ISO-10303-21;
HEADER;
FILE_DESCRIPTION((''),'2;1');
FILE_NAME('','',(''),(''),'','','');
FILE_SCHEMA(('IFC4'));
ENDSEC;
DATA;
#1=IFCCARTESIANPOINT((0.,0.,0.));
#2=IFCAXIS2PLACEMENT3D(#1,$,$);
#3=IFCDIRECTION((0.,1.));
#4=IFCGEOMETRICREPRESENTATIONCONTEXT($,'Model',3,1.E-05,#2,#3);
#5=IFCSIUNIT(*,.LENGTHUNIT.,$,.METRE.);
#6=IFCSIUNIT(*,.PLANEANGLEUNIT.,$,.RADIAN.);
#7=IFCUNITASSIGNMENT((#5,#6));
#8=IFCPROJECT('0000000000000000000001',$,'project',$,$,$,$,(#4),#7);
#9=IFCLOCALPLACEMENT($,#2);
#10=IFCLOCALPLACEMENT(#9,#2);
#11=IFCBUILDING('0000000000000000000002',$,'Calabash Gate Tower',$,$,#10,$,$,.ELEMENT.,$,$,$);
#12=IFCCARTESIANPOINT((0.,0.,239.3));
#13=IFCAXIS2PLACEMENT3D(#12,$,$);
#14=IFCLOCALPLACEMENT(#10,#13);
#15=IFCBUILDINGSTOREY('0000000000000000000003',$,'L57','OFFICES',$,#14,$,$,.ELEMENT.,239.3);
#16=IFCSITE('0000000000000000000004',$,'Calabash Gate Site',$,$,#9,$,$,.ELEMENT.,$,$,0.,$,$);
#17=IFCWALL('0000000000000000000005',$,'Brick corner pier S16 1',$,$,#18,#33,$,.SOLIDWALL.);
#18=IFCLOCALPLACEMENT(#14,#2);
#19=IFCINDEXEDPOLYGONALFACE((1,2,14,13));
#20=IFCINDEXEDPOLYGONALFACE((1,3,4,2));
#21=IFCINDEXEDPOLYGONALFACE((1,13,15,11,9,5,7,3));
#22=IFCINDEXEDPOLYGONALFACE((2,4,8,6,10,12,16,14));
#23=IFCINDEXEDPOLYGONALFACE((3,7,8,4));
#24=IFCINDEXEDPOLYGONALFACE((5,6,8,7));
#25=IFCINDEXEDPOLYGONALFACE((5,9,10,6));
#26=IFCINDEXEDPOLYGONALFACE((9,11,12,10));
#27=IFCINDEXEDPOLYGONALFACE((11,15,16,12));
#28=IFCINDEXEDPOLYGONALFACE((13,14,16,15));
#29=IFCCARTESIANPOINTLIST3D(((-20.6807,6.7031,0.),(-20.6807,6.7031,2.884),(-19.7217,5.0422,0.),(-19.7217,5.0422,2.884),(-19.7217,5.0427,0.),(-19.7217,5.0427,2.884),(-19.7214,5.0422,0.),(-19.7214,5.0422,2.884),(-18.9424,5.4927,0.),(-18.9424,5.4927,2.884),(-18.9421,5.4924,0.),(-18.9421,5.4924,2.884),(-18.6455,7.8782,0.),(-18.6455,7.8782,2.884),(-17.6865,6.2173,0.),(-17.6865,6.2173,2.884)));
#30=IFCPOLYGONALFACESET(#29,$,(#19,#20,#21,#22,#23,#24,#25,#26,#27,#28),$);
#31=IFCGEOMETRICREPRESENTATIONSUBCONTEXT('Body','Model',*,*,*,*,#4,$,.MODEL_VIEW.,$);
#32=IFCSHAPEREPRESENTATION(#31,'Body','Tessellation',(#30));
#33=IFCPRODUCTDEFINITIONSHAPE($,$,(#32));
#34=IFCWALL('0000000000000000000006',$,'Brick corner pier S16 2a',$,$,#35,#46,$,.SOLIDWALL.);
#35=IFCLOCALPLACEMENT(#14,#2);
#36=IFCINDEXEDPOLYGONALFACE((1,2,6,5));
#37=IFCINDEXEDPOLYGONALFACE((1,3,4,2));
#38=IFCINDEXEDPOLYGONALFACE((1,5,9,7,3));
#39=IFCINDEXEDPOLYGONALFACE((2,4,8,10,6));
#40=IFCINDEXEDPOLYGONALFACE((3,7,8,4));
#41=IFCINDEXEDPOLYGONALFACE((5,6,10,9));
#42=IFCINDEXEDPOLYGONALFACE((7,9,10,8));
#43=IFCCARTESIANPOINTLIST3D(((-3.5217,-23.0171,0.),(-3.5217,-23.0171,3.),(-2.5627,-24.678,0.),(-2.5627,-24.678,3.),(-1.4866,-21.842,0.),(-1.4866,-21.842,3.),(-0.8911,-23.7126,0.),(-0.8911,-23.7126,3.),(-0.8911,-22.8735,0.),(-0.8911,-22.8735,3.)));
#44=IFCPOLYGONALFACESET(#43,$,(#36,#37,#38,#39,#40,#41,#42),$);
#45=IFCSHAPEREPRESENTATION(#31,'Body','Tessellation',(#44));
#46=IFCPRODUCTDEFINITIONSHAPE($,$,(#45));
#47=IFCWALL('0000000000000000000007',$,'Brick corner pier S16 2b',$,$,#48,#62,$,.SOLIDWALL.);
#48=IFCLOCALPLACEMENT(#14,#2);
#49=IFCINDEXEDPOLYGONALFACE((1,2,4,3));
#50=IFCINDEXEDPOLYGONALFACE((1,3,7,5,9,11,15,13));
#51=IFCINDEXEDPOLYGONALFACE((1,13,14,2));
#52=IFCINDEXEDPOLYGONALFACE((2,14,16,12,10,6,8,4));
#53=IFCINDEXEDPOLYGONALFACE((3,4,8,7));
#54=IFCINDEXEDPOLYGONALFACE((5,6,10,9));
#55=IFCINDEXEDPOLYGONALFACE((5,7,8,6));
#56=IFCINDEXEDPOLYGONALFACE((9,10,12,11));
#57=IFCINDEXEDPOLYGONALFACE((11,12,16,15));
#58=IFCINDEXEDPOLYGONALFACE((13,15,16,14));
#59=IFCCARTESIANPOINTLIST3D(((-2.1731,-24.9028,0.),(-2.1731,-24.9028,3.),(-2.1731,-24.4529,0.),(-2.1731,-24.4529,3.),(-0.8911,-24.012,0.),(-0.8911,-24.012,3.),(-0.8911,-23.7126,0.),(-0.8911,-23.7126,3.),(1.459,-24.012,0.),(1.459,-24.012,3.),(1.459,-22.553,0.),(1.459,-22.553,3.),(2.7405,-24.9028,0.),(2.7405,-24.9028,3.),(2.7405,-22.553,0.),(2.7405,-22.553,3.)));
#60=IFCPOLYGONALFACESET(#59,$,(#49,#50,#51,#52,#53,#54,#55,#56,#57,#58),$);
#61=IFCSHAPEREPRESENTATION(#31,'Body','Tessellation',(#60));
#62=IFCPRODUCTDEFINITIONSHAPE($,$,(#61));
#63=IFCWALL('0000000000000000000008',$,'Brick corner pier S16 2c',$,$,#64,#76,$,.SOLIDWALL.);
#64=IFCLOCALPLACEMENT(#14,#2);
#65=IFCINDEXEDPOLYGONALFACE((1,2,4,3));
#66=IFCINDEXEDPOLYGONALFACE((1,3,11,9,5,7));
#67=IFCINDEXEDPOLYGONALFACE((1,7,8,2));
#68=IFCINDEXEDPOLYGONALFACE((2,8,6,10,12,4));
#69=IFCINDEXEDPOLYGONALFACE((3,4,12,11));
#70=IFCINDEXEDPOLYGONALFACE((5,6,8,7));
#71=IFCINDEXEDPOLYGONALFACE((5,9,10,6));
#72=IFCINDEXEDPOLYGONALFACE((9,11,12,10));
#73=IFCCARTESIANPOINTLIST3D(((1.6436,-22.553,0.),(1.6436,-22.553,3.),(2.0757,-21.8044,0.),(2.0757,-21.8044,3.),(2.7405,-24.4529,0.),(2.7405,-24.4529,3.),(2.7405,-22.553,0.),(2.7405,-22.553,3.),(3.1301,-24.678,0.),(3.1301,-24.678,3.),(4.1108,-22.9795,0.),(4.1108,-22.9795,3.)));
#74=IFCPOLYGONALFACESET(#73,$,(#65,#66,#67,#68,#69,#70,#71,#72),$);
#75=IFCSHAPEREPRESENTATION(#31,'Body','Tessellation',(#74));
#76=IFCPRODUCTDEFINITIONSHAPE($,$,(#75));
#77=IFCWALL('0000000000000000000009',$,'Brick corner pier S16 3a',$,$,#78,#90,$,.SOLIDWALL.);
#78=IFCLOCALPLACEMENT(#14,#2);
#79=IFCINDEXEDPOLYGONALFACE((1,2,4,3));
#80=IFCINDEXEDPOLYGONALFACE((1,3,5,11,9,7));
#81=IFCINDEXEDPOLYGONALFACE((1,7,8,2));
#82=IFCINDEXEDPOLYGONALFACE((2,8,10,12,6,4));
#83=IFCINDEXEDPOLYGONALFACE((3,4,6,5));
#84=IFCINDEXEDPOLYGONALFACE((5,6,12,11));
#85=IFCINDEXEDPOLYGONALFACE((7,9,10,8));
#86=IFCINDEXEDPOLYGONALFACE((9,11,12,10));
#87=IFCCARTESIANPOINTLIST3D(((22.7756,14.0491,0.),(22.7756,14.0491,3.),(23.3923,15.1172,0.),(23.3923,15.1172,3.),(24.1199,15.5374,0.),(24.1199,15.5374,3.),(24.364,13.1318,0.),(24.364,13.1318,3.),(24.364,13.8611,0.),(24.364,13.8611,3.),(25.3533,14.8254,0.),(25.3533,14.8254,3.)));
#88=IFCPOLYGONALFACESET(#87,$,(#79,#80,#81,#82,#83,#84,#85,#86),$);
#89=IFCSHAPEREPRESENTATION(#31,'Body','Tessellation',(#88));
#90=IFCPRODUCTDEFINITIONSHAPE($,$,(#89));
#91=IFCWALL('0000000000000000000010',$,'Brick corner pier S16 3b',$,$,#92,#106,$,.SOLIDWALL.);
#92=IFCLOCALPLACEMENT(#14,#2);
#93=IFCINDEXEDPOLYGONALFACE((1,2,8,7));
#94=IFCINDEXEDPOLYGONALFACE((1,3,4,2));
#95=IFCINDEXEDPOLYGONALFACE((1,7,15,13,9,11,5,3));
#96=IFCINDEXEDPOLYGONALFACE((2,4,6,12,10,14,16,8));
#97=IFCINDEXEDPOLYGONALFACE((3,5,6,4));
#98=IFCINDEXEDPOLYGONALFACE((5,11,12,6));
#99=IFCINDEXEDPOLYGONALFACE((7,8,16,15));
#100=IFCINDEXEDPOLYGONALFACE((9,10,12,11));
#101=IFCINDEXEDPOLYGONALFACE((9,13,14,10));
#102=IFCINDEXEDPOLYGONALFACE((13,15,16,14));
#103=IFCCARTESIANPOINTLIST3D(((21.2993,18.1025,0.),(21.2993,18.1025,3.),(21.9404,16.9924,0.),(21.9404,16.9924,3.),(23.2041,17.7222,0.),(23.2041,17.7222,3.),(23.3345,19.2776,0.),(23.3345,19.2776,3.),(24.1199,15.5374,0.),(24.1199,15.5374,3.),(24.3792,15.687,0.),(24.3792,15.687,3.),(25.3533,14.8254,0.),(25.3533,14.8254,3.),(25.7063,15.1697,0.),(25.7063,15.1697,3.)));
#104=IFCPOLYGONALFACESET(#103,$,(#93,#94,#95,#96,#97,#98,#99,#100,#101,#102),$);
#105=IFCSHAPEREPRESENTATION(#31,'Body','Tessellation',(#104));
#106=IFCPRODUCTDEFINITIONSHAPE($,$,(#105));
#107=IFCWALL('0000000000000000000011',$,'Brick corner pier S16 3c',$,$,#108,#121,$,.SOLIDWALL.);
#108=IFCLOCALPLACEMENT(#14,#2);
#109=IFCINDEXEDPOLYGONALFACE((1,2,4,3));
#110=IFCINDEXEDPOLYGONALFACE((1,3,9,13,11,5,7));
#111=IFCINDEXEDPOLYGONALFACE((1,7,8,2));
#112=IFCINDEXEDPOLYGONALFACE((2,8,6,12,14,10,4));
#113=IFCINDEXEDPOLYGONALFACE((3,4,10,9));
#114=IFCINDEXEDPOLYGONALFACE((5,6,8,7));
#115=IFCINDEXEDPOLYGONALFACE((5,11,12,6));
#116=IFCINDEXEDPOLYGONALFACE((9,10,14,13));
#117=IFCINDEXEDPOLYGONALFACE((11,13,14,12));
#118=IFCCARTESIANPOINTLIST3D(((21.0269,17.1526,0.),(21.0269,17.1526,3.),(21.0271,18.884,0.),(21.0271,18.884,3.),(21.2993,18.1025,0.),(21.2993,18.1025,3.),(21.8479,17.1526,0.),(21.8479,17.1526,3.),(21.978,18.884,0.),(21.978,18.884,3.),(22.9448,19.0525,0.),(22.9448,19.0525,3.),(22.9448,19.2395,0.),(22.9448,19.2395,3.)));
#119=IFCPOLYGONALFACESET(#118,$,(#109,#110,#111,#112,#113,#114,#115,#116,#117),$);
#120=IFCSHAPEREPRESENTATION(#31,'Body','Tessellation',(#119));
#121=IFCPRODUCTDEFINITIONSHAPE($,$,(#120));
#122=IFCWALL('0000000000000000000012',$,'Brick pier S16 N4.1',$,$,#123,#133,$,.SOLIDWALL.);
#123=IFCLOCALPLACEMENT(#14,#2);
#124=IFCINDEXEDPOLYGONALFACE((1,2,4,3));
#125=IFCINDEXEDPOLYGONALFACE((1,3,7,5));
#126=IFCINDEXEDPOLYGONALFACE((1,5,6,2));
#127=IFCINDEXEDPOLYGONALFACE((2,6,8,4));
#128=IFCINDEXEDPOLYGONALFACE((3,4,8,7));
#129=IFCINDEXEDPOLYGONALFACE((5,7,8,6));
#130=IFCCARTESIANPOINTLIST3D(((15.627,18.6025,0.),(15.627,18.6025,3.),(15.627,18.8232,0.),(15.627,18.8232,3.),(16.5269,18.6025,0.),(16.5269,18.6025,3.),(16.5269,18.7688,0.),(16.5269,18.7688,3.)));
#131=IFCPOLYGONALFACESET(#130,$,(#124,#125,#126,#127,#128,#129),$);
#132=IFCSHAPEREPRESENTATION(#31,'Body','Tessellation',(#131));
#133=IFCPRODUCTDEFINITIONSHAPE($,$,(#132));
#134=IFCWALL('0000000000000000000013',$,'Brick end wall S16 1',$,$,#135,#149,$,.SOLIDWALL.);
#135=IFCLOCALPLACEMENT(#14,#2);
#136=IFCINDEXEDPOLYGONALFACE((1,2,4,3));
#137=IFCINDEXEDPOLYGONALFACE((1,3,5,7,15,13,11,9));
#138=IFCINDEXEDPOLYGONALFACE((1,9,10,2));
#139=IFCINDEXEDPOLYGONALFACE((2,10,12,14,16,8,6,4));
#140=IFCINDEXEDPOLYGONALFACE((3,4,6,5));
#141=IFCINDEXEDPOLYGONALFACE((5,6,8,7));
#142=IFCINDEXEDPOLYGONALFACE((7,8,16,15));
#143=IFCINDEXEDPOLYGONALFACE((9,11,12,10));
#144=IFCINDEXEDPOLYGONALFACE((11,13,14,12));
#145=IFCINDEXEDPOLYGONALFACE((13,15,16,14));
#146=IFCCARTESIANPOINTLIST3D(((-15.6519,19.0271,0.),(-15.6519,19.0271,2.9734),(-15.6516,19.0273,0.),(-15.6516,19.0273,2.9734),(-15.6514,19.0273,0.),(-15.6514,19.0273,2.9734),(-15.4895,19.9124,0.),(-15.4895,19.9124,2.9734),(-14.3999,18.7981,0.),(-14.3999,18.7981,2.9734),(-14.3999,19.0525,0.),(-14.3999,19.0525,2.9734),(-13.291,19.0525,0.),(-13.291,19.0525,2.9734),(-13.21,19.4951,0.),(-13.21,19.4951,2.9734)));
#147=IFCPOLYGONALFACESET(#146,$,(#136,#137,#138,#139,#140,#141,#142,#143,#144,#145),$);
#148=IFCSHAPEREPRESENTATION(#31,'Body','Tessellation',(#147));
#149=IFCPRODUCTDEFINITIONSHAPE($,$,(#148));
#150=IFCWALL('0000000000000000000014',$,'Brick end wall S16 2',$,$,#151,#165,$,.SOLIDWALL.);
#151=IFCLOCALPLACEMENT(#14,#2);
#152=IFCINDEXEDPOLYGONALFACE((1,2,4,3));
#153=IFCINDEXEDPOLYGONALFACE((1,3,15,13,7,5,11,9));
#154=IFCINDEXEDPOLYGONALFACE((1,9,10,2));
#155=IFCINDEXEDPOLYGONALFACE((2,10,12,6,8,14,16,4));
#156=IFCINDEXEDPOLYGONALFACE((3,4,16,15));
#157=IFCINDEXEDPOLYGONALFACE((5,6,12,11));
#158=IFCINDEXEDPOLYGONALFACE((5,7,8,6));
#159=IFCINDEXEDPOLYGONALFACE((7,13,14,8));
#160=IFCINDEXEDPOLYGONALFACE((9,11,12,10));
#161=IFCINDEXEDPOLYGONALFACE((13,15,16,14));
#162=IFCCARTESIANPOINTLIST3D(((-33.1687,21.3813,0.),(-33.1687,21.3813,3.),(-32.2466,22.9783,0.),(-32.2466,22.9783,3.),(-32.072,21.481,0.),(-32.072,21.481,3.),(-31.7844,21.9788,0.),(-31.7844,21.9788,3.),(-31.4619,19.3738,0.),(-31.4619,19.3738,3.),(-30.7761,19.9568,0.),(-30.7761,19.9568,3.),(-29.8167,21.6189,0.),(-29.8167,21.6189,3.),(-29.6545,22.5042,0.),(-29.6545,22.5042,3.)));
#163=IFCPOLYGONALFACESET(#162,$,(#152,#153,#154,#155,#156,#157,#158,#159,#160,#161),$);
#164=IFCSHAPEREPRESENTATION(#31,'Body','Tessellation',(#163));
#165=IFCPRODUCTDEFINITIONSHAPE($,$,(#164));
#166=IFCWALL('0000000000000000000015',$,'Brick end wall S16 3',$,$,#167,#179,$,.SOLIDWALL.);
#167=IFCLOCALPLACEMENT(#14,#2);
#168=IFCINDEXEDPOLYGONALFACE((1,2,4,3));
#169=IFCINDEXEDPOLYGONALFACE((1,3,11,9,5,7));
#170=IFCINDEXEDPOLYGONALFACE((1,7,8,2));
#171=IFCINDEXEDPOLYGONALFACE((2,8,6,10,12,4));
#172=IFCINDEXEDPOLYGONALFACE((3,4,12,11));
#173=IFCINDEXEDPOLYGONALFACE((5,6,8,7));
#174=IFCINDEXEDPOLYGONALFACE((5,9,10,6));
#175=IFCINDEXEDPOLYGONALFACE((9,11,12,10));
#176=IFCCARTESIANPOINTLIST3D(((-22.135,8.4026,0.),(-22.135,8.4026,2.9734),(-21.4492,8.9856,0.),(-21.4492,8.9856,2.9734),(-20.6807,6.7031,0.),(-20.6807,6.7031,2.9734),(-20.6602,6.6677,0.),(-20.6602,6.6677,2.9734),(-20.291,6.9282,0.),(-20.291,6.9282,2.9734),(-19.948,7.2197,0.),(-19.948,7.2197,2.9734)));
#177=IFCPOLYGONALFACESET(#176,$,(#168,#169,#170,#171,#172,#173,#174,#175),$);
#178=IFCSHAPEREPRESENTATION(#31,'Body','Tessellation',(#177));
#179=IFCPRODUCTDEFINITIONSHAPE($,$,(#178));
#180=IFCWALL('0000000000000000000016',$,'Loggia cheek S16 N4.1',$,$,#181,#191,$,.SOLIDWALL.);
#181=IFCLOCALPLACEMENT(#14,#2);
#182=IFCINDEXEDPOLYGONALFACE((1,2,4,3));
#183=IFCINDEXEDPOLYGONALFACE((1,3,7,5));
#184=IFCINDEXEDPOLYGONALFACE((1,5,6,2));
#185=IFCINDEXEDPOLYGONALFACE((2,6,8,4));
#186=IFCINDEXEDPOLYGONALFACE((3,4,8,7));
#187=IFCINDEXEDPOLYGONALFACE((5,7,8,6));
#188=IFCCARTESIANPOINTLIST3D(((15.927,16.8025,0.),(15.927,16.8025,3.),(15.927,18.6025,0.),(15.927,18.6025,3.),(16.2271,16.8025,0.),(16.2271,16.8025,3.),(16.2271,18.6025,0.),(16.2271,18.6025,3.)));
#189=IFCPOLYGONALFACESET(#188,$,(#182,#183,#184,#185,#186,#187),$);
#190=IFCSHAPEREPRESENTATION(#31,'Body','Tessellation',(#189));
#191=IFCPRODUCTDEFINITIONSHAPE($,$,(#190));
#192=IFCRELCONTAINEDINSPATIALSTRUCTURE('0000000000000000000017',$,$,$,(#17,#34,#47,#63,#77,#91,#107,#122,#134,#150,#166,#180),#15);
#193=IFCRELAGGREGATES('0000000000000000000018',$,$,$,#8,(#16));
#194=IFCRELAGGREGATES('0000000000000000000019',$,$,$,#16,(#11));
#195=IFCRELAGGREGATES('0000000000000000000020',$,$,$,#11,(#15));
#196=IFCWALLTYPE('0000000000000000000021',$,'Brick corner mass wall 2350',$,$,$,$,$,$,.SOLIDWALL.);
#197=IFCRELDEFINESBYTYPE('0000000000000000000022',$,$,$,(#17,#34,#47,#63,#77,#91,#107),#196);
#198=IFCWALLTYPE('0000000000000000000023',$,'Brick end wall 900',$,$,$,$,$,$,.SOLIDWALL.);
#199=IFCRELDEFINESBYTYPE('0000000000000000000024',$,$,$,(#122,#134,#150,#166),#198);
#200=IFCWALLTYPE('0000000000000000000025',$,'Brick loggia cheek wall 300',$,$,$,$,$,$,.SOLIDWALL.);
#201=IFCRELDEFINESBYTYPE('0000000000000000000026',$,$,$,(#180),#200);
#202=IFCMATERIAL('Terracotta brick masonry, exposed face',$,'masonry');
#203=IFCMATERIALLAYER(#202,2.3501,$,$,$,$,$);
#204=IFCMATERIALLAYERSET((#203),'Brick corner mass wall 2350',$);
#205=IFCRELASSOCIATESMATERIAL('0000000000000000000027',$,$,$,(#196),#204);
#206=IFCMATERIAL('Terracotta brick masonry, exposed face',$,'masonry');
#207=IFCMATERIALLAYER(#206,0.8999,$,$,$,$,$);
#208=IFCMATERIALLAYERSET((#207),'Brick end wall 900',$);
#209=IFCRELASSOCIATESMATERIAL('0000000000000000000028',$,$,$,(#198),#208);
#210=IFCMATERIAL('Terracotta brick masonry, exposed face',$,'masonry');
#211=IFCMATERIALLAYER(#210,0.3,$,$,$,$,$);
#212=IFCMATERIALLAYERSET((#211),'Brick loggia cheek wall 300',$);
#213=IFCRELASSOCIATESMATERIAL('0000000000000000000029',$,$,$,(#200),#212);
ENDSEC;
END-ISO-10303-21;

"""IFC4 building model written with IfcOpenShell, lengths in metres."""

from ifc_helpers import new_model, si_unit, direction, frame, origin, place, context, subcontext, project, spatial, polyline, outline, extrude, material, layer, layer_set, type_object, element, save


model = new_model("IFC4")

# Units and contexts
model_context = context("Model", 3, precision=1e-05, world=origin(), true_north=direction((0.0, 1.0)))
body_context = subcontext(model_context, "Body", "Model", "MODEL_VIEW")
ifc_project = project(units=[si_unit("LENGTHUNIT", "METRE"), si_unit("PLANEANGLEUNIT", "RADIAN")], contexts=[model_context])

# Site, building, storey
site_placement = place(None, origin())
site = spatial("IfcSite", under=ifc_project, at=site_placement, Name="Calabash Gate Site", CompositionType="ELEMENT", RefElevation=0.0)
building_placement = place(site_placement, origin())
building = spatial("IfcBuilding", under=site, at=building_placement, Name="Calabash Gate Tower", CompositionType="ELEMENT")
storey_placement = place(building_placement, frame((0.0, 0.0, 239.3)))
storey = spatial("IfcBuildingStorey", under=building, at=storey_placement, Name="L57", Description="OFFICES", CompositionType="ELEMENT", Elevation=239.3)

# Walls
ifc_material_1 = material(Name="Terracotta brick masonry, exposed face", Category="masonry")
ifc_layer_1 = layer(ifc_material_1, 2.3501)
ifc_layer_set_1 = layer_set([ifc_layer_1], Name="Brick corner mass wall 2350")
wall_type_1 = type_object("IfcWallType", Name="Brick corner mass wall 2350", PredefinedType="SOLIDWALL", material=ifc_layer_set_1)
wall_1_placement = place(storey_placement, origin())
element("IfcWall", 1, at=wall_1_placement, inside=storey, type_object=wall_type_1, Name="Brick corner pier S16 1", PredefinedType="SOLIDWALL", context=body_context, shape_type="SweptSolid", body=[
    extrude(outline(polyline([(-18.9421, 5.4924), (-17.6865, 6.2173), (-18.6455, 7.8782), (-20.6807, 6.7031), (-19.7217, 5.0422), (-19.7214, 5.0422), (-19.7217, 5.0427), (-18.9424, 5.4927), (-18.9421, 5.4924)])), origin(), (0.0, 0.0, 1.0), 2.884),
])
wall_2_placement = place(storey_placement, origin())
element("IfcWall", 2, at=wall_2_placement, inside=storey, type_object=wall_type_1, Name="Brick corner pier S16 2a", PredefinedType="SOLIDWALL", context=body_context, shape_type="SweptSolid", body=[
    extrude(outline(polyline([(-0.8911, -22.8735), (-1.4866, -21.842), (-3.5217, -23.0171), (-2.5627, -24.678), (-0.8911, -23.7126), (-0.8911, -22.8735)])), origin(), (0.0, 0.0, 1.0), 3.0),
])
wall_3_placement = place(storey_placement, origin())
element("IfcWall", 3, at=wall_3_placement, inside=storey, type_object=wall_type_1, Name="Brick corner pier S16 2b", PredefinedType="SOLIDWALL", context=body_context, shape_type="SweptSolid", body=[
    extrude(outline(polyline([(1.459, -24.012), (-0.8911, -24.012), (-0.8911, -23.7126), (-2.1731, -24.4529), (-2.1731, -24.9028), (2.7405, -24.9028), (2.7405, -22.553), (1.459, -22.553), (1.459, -24.012)])), origin(), (0.0, 0.0, 1.0), 3.0),
])
wall_4_placement = place(storey_placement, origin())
element("IfcWall", 4, at=wall_4_placement, inside=storey, type_object=wall_type_1, Name="Brick corner pier S16 2c", PredefinedType="SOLIDWALL", context=body_context, shape_type="SweptSolid", body=[
    extrude(outline(polyline([(4.1108, -22.9795), (2.0757, -21.8044), (1.6436, -22.553), (2.7405, -22.553), (2.7405, -24.4529), (3.1301, -24.678), (4.1108, -22.9795)])), origin(), (0.0, 0.0, 1.0), 3.0),
])
wall_5_placement = place(storey_placement, origin())
element("IfcWall", 5, at=wall_5_placement, inside=storey, type_object=wall_type_1, Name="Brick corner pier S16 3a", PredefinedType="SOLIDWALL", context=body_context, shape_type="SweptSolid", body=[
    extrude(outline(polyline([(23.3923, 15.1172), (22.7756, 14.0491), (24.364, 13.1318), (24.364, 13.8611), (25.3533, 14.8254), (24.1199, 15.5374), (23.3923, 15.1172)])), origin(), (0.0, 0.0, 1.0), 3.0),
])
wall_6_placement = place(storey_placement, origin())
element("IfcWall", 6, at=wall_6_placement, inside=storey, type_object=wall_type_1, Name="Brick corner pier S16 3b", PredefinedType="SOLIDWALL", context=body_context, shape_type="SweptSolid", body=[
    extrude(outline(polyline([(23.2041, 17.7222), (24.3792, 15.687), (24.1199, 15.5374), (25.3533, 14.8254), (25.7063, 15.1697), (23.3345, 19.2776), (21.2993, 18.1025), (21.9404, 16.9924), (23.2041, 17.7222)])), origin(), (0.0, 0.0, 1.0), 3.0),
])
wall_7_placement = place(storey_placement, origin())
element("IfcWall", 7, at=wall_7_placement, inside=storey, type_object=wall_type_1, Name="Brick corner pier S16 3c", PredefinedType="SOLIDWALL", context=body_context, shape_type="SweptSolid", body=[
    extrude(outline(polyline([(21.0271, 18.884), (21.0269, 17.1526), (21.8479, 17.1526), (21.2993, 18.1025), (22.9448, 19.0525), (22.9448, 19.2395), (21.978, 18.884), (21.0271, 18.884)])), origin(), (0.0, 0.0, 1.0), 3.0),
])
ifc_material_2 = material(Name="Terracotta brick masonry, exposed face", Category="masonry")
ifc_layer_2 = layer(ifc_material_2, 0.8999)
ifc_layer_set_2 = layer_set([ifc_layer_2], Name="Brick end wall 900")
wall_type_2 = type_object("IfcWallType", Name="Brick end wall 900", PredefinedType="SOLIDWALL", material=ifc_layer_set_2)
wall_8_placement = place(storey_placement, origin())
element("IfcWall", 8, at=wall_8_placement, inside=storey, type_object=wall_type_2, Name="Brick pier S16 N4.1", PredefinedType="SOLIDWALL", context=body_context, shape_type="SweptSolid", body=[
    extrude(outline(polyline([(16.5269, 18.7688), (15.627, 18.8232), (15.627, 18.6025), (16.5269, 18.6025), (16.5269, 18.7688)])), origin(), (0.0, 0.0, 1.0), 3.0),
])
wall_9_placement = place(storey_placement, origin())
element("IfcWall", 9, at=wall_9_placement, inside=storey, type_object=wall_type_2, Name="Brick end wall S16 1", PredefinedType="SOLIDWALL", context=body_context, shape_type="SweptSolid", body=[
    extrude(outline(polyline([(-15.6516, 19.0273), (-15.6519, 19.0271), (-14.3999, 18.7981), (-14.3999, 19.0525), (-13.291, 19.0525), (-13.21, 19.4951), (-15.4895, 19.9124), (-15.6514, 19.0273), (-15.6516, 19.0273)])), origin(), (0.0, 0.0, 1.0), 2.9734),
])
wall_10_placement = place(storey_placement, origin())
element("IfcWall", 10, at=wall_10_placement, inside=storey, type_object=wall_type_2, Name="Brick end wall S16 2", PredefinedType="SOLIDWALL", context=body_context, shape_type="SweptSolid", body=[
    extrude(outline(polyline([(-31.7844, 21.9788), (-29.8167, 21.6189), (-29.6545, 22.5042), (-32.2466, 22.9783), (-33.1687, 21.3813), (-31.4619, 19.3738), (-30.7761, 19.9568), (-32.072, 21.481), (-31.7844, 21.9788)])), origin(), (0.0, 0.0, 1.0), 3.0),
])
wall_11_placement = place(storey_placement, origin())
element("IfcWall", 11, at=wall_11_placement, inside=storey, type_object=wall_type_2, Name="Brick end wall S16 3", PredefinedType="SOLIDWALL", context=body_context, shape_type="SweptSolid", body=[
    extrude(outline(polyline([(-19.948, 7.2197), (-21.4492, 8.9856), (-22.135, 8.4026), (-20.6602, 6.6677), (-20.6807, 6.7031), (-20.291, 6.9282), (-19.948, 7.2197)])), origin(), (0.0, 0.0, 1.0), 2.9734),
])
ifc_material_3 = material(Name="Terracotta brick masonry, exposed face", Category="masonry")
ifc_layer_3 = layer(ifc_material_3, 0.3)
ifc_layer_set_3 = layer_set([ifc_layer_3], Name="Brick loggia cheek wall 300")
wall_type_3 = type_object("IfcWallType", Name="Brick loggia cheek wall 300", PredefinedType="SOLIDWALL", material=ifc_layer_set_3)
wall_12_placement = place(storey_placement, origin())
element("IfcWall", 12, at=wall_12_placement, inside=storey, type_object=wall_type_3, Name="Loggia cheek S16 N4.1", PredefinedType="SOLIDWALL", context=body_context, shape_type="SweptSolid", body=[
    extrude(outline(polyline([(15.927, 18.6025), (15.927, 16.8025), (16.2271, 16.8025), (16.2271, 18.6025), (15.927, 18.6025)])), origin(), (0.0, 0.0, 1.0), 3.0),
])

save(model, "model.ifc")
